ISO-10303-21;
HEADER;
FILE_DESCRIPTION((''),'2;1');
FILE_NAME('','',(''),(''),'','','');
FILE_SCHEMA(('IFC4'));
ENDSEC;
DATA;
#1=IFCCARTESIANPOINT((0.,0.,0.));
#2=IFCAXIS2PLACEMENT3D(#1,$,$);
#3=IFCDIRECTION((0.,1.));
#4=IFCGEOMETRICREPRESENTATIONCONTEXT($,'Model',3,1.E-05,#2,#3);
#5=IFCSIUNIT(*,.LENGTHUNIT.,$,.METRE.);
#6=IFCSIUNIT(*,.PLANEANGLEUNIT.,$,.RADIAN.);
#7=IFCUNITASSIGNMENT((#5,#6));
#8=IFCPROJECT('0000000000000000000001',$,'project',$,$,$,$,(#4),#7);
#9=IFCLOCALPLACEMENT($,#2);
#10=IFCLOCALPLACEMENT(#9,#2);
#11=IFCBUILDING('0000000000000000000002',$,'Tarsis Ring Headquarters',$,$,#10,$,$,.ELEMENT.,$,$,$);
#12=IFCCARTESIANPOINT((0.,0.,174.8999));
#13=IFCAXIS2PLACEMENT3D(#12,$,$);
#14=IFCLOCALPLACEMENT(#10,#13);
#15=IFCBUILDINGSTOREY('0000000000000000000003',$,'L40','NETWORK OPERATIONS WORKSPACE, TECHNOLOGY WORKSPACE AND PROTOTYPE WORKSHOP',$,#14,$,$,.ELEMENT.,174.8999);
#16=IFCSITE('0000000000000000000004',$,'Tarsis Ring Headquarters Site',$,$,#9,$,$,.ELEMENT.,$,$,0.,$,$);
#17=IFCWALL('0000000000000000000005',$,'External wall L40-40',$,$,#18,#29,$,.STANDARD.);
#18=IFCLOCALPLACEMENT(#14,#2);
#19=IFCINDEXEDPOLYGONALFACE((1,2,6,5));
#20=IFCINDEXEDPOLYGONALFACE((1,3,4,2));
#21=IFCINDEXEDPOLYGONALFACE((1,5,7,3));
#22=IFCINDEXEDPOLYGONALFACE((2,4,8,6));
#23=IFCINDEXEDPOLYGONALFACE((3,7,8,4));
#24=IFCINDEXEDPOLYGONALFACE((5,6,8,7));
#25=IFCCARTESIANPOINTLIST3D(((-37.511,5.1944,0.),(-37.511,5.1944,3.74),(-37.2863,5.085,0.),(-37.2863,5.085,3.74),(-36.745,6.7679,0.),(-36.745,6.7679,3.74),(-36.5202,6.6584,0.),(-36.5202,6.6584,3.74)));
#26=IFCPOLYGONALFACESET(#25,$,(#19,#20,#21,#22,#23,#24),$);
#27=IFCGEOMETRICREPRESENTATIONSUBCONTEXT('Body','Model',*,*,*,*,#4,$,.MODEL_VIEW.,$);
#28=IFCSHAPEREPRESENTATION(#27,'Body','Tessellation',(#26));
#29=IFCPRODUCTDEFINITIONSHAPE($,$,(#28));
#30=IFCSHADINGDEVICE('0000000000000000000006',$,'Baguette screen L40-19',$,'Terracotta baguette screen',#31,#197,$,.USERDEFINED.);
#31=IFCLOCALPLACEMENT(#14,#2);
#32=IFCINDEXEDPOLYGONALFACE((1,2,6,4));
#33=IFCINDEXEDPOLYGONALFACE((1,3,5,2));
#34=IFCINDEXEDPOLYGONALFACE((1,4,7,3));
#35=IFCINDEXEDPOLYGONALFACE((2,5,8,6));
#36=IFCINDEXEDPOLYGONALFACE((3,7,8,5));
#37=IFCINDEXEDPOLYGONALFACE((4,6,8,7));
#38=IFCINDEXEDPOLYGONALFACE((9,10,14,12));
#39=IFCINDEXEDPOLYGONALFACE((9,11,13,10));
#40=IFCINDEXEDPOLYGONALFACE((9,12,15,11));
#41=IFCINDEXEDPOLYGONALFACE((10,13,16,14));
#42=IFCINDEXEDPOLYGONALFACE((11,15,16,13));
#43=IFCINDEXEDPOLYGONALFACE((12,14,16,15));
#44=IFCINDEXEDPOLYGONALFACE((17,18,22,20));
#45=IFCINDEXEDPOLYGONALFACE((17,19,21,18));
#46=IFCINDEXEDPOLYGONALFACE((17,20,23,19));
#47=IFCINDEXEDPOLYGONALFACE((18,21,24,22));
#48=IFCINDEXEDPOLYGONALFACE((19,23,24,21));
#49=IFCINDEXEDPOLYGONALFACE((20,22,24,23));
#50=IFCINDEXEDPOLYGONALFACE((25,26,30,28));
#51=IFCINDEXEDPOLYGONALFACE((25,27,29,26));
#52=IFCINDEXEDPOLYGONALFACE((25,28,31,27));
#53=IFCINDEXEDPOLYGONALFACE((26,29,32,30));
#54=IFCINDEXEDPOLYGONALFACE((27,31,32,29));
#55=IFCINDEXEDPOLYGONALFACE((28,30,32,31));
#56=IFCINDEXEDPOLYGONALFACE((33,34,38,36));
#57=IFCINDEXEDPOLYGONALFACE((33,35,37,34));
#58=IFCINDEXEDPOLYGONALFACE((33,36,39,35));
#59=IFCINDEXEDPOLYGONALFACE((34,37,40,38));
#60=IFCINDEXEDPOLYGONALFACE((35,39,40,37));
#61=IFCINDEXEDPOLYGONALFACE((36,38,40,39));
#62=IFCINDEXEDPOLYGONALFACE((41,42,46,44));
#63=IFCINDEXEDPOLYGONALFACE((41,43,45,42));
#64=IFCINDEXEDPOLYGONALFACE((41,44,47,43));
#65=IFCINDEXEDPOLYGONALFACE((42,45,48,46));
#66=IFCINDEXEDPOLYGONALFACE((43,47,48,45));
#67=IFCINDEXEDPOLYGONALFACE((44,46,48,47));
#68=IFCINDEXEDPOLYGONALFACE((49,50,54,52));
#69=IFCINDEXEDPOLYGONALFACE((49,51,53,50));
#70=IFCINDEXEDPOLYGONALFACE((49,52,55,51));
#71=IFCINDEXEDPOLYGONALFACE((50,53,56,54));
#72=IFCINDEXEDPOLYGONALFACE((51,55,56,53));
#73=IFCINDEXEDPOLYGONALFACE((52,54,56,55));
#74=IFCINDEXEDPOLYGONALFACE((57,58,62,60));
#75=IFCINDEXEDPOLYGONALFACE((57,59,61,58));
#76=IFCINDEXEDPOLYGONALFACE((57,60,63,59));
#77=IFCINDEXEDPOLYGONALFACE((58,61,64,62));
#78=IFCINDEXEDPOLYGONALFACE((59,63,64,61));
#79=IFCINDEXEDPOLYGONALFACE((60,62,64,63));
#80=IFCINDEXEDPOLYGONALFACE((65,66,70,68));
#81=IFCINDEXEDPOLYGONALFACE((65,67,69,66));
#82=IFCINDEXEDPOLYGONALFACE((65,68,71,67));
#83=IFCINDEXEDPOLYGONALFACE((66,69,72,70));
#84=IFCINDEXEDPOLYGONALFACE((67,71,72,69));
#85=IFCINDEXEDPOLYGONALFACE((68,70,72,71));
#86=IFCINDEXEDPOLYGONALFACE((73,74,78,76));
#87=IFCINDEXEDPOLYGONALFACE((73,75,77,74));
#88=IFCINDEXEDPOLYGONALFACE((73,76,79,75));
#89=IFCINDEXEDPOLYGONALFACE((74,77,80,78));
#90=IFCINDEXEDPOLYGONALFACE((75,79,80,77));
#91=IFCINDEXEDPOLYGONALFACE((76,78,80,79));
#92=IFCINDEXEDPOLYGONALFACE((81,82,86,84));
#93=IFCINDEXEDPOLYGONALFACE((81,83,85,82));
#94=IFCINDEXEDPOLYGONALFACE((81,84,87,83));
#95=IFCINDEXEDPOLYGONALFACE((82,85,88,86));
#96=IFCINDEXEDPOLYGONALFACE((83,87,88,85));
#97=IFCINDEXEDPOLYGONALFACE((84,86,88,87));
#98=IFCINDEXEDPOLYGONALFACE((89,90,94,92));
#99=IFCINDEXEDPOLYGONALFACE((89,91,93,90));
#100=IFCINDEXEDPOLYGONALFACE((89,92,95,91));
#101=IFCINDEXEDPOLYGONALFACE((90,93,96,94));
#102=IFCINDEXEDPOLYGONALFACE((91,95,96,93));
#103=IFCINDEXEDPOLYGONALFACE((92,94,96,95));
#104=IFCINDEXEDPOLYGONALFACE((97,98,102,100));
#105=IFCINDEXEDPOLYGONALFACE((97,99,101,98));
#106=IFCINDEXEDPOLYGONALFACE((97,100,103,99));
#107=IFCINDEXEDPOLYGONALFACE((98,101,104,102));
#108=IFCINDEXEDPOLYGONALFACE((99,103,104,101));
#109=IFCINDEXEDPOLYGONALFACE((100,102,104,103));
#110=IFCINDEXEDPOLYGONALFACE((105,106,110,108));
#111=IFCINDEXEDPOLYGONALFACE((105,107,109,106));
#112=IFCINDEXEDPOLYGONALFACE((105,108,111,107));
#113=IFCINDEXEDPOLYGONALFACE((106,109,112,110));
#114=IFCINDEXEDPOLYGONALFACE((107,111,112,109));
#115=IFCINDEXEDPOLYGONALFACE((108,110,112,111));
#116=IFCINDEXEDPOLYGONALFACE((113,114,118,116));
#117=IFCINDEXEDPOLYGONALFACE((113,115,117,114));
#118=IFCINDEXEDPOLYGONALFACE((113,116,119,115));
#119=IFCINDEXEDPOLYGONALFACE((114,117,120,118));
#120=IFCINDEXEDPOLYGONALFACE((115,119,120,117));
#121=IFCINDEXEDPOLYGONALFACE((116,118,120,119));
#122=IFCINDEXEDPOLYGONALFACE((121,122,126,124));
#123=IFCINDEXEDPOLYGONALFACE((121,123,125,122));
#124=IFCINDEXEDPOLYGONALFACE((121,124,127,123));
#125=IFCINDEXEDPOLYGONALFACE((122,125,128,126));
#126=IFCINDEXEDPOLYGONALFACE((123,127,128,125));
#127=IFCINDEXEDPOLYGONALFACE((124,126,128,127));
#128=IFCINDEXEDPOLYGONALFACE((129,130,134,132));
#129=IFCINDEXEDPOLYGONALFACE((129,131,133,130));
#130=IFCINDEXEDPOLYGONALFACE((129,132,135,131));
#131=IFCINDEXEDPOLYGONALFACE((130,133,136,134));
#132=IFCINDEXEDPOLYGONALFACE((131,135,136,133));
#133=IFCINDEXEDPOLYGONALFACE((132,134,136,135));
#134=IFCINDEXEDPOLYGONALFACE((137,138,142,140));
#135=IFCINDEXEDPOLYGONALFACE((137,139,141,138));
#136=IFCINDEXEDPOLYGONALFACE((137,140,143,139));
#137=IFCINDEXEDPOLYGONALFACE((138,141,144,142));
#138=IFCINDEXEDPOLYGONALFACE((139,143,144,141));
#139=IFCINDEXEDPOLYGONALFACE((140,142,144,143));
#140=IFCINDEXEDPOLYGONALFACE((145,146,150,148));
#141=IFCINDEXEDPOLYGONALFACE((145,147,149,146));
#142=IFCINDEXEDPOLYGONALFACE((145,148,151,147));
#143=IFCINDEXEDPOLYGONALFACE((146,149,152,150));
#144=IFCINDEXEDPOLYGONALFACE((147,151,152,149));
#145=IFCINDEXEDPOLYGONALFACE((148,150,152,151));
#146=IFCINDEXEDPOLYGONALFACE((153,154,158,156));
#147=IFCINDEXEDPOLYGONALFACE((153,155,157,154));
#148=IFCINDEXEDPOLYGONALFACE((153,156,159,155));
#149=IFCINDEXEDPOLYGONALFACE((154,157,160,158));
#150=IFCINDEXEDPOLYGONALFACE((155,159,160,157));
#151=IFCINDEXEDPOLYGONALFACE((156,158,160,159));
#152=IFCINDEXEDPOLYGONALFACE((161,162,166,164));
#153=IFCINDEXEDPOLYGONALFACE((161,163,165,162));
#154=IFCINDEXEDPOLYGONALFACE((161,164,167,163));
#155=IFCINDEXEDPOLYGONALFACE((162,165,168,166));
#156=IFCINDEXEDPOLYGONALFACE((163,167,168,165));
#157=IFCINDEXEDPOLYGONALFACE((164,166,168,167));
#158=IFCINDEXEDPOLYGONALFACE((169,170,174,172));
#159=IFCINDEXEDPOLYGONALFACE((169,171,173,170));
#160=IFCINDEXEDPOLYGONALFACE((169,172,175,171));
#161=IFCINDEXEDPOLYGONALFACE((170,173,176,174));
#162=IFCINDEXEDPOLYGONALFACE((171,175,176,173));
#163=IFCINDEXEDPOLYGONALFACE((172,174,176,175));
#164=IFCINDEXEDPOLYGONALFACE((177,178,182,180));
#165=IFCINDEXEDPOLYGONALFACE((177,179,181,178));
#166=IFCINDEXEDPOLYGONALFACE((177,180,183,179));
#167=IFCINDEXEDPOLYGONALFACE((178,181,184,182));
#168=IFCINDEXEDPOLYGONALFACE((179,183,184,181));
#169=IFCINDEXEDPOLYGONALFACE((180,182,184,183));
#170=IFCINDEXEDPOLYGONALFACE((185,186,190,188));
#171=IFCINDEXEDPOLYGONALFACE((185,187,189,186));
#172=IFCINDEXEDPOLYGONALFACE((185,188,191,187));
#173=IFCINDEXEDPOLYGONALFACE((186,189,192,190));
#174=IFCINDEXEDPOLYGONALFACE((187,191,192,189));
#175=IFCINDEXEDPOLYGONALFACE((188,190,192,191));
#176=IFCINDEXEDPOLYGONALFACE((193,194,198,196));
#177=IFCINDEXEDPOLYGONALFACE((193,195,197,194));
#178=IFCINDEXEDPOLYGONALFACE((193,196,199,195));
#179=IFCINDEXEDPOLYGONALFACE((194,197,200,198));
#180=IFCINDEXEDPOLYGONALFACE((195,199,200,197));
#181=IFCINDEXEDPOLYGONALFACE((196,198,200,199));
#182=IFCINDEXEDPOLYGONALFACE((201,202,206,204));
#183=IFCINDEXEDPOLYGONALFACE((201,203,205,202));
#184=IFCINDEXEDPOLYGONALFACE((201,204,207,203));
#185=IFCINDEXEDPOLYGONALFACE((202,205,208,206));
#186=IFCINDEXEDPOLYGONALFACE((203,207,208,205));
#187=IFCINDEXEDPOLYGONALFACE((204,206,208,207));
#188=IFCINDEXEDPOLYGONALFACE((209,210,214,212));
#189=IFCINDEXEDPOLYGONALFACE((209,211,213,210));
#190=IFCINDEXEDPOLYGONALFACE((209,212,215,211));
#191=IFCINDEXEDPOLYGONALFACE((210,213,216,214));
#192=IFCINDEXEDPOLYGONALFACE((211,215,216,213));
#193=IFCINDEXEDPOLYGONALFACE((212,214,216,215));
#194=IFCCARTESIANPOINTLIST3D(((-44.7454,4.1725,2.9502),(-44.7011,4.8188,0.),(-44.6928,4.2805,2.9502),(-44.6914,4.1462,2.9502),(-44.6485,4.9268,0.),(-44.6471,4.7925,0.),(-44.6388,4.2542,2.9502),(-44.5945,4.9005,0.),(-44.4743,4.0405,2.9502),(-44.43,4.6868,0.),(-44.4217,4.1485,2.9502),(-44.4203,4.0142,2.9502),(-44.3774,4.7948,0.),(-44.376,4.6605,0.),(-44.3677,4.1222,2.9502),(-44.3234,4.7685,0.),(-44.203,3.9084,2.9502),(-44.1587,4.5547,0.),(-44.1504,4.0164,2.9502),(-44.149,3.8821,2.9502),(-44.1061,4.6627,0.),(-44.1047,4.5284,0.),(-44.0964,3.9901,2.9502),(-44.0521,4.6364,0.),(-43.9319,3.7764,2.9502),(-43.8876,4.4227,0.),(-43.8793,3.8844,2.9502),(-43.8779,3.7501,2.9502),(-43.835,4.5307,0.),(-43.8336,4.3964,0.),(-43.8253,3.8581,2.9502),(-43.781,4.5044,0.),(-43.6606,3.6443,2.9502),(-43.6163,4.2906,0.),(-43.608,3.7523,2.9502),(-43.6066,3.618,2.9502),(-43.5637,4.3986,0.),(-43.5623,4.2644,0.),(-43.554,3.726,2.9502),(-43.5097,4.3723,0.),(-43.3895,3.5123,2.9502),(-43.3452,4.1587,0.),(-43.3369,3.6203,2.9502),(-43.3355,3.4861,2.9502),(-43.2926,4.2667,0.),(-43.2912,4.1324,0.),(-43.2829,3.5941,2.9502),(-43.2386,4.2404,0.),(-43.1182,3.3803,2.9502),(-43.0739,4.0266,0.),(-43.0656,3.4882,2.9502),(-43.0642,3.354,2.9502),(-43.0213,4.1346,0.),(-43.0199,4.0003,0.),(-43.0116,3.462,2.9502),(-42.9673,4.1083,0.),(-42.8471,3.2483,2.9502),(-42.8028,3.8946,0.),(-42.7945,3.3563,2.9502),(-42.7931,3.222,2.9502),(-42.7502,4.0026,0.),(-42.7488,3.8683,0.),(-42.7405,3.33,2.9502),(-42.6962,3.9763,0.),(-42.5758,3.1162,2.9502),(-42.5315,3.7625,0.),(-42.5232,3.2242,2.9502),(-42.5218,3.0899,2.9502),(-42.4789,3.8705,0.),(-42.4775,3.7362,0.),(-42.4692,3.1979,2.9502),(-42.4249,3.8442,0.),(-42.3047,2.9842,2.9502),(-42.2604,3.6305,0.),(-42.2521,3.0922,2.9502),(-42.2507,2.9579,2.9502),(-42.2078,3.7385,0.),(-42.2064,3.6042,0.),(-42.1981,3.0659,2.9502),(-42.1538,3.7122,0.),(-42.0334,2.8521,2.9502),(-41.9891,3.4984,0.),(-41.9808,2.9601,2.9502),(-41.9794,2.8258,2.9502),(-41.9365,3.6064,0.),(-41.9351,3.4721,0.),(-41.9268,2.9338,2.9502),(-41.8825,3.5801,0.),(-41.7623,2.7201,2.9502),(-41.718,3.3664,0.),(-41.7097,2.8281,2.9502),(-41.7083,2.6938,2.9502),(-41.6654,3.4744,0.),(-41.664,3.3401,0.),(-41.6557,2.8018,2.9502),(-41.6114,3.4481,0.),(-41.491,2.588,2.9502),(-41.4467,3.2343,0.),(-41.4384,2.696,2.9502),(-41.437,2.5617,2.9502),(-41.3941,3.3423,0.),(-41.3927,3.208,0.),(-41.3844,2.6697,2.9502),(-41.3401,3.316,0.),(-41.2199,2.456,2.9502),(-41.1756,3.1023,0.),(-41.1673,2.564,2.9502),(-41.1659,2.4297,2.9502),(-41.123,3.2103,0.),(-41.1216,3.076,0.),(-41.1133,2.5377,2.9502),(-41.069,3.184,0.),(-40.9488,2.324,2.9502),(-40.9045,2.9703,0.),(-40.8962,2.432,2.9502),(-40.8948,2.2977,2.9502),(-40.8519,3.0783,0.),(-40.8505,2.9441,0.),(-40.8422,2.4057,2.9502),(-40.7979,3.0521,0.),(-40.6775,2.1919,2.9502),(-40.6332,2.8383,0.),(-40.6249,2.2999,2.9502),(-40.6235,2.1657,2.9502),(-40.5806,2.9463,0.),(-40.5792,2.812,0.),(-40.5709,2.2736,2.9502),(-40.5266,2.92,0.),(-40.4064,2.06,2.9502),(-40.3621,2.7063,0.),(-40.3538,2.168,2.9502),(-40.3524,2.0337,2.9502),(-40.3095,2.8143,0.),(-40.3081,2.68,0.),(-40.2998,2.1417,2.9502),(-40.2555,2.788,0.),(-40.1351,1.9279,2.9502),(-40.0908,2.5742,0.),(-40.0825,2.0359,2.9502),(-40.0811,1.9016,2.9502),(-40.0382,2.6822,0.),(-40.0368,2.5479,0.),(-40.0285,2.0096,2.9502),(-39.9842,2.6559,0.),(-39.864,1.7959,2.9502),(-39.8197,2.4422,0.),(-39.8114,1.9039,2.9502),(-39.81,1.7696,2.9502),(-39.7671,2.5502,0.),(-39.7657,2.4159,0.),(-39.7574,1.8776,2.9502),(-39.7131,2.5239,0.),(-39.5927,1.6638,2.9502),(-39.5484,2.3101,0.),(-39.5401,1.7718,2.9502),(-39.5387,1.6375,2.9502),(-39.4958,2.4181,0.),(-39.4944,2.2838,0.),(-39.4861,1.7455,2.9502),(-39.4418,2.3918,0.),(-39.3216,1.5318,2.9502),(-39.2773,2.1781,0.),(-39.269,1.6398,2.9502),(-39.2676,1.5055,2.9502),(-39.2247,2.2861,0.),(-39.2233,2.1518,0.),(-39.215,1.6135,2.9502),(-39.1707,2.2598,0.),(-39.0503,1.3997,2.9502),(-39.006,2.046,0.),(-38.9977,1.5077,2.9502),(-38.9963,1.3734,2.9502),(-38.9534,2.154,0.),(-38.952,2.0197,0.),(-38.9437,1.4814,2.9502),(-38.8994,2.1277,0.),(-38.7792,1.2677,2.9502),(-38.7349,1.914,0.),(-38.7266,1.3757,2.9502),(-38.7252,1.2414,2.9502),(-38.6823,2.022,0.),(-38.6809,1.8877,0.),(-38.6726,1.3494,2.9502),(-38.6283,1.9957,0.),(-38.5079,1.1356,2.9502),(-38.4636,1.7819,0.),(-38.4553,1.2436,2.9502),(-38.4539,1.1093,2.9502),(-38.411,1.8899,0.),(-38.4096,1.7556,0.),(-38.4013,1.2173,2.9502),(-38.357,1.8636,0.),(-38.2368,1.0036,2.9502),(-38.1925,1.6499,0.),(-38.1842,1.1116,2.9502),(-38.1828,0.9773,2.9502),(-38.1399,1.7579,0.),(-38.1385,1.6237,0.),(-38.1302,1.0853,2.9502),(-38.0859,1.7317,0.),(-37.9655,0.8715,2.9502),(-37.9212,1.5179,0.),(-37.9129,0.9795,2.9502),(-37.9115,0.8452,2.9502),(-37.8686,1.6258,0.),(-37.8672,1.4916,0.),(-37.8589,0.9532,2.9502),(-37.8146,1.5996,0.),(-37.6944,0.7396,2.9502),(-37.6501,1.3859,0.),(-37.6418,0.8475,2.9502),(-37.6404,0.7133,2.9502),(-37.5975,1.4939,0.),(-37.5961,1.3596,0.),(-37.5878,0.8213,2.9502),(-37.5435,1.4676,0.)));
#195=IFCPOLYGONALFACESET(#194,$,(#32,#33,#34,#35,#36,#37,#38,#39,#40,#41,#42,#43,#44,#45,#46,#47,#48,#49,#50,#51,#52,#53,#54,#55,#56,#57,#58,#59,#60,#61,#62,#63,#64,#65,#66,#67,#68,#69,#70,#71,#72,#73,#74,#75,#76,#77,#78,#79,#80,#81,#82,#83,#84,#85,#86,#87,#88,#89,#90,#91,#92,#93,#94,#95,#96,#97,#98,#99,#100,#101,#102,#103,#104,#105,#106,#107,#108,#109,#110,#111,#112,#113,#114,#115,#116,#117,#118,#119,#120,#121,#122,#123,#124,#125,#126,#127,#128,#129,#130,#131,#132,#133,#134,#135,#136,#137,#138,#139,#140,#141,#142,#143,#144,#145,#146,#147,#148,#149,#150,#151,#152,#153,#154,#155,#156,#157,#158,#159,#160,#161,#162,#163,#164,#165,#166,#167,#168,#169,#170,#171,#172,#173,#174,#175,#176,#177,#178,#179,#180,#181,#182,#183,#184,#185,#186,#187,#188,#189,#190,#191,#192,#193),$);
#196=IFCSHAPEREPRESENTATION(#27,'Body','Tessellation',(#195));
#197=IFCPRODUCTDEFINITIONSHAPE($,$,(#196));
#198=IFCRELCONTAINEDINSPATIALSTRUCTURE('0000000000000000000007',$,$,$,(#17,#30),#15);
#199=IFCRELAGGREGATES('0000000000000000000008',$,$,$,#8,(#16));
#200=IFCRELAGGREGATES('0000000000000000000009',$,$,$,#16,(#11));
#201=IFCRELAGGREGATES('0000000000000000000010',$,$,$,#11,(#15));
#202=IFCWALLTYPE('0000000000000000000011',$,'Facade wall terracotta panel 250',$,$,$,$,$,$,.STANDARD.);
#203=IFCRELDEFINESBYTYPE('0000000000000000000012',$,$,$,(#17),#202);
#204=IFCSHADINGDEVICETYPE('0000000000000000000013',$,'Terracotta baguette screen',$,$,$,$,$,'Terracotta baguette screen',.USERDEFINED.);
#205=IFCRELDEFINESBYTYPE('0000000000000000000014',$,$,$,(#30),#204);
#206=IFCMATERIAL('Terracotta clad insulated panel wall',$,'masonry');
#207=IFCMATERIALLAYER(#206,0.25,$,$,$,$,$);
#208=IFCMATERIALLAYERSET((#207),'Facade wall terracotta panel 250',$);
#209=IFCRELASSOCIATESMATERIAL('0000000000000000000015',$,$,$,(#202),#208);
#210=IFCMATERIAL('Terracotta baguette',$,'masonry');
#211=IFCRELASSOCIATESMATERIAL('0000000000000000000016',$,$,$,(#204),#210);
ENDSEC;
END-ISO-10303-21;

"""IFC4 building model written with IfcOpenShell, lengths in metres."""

from ifc_helpers import new_model, si_unit, direction, frame, frame_2d, origin, place, context, subcontext, project, spatial, rectangle, composite_profile, extrude, material, layer, layer_set, type_object, element, save


model = new_model("IFC4")

# Units and contexts
model_context = context("Model", 3, precision=1e-05, world=origin(), true_north=direction((0.0, 1.0)))
body_context = subcontext(model_context, "Body", "Model", "MODEL_VIEW")
ifc_project = project(units=[si_unit("LENGTHUNIT", "METRE"), si_unit("PLANEANGLEUNIT", "RADIAN")], contexts=[model_context])

# Site, building, storey
site_placement = place(None, origin())
site = spatial("IfcSite", under=ifc_project, at=site_placement, Name="Tarsis Ring Headquarters Site", CompositionType="ELEMENT", RefElevation=0.0)
building_placement = place(site_placement, origin())
building = spatial("IfcBuilding", under=site, at=building_placement, Name="Tarsis Ring Headquarters", CompositionType="ELEMENT")
storey_placement = place(building_placement, frame((0.0, 0.0, 174.8999)))
storey = spatial("IfcBuildingStorey", under=building, at=storey_placement, Name="L40", Description="NETWORK OPERATIONS WORKSPACE, TECHNOLOGY WORKSPACE AND PROTOTYPE WORKSHOP", CompositionType="ELEMENT", Elevation=174.8999)

# Shared definitions
ifc_material_1 = material(Name="Terracotta clad insulated panel wall", Category="masonry")
ifc_layer_1 = layer(ifc_material_1, 0.25)
ifc_layer_set_1 = layer_set([ifc_layer_1], Name="Facade wall terracotta panel 250")
wall_type_1 = type_object("IfcWallType", Name="Facade wall terracotta panel 250", PredefinedType="STANDARD", material=ifc_layer_set_1)

# Wall
wall_1_placement = place(storey_placement, frame((-36.6326, 6.7131, 0.0), z_axis=(0.0, 0.0, 1.0), x_axis=(-0.437758, -0.899093, 0.0)))
element("IfcWall", 1, at=wall_1_placement, inside=storey, type_object=wall_type_1, Name="External wall L40-40", PredefinedType="STANDARD", context=body_context, shape_type="SweptSolid", body=[
    extrude(rectangle(XDim=1.75, YDim=0.25, at=frame_2d((0.875, 0.0))), origin(), (0.0, 0.0, 1.0), 3.74),
])

# Shading device
ifc_material_2 = material(Name="Terracotta baguette", Category="masonry")
shading_device_type_1 = type_object("IfcShadingDeviceType", Name="Terracotta baguette screen", ElementType="Terracotta baguette screen", PredefinedType="USERDEFINED", material=ifc_material_2)
shading_device_1_placement = place(storey_placement, frame((-44.6748, 4.8728, 0.0), z_axis=(0.0, 0.0, 1.0), x_axis=(0.899098, -0.437747, 0.0)))
element("IfcShadingDevice", 2, at=shading_device_1_placement, inside=storey, type_object=shading_device_type_1, Name="Baguette screen L40-19", ObjectType="Terracotta baguette screen", PredefinedType="USERDEFINED", context=body_context, shape_type="SweptSolid", body=[
    extrude(composite_profile([rectangle(XDim=0.0601, YDim=0.1201, at=frame_2d((0.03, 0.0))), rectangle(XDim=0.0601, YDim=0.1201, at=frame_2d((0.3315, 0.0))), rectangle(XDim=0.0601, YDim=0.1201, at=frame_2d((0.6333, 0.0))), rectangle(XDim=0.0601, YDim=0.1201, at=frame_2d((0.9348, 0.0))), rectangle(XDim=0.0601, YDim=0.1201, at=frame_2d((1.2366, 0.0))), rectangle(XDim=0.0601, YDim=0.1201, at=frame_2d((1.5381, 0.0))), rectangle(XDim=0.0601, YDim=0.1201, at=frame_2d((1.8398, 0.0))), rectangle(XDim=0.0601, YDim=0.1201, at=frame_2d((2.1414, 0.0))), rectangle(XDim=0.0601, YDim=0.1201, at=frame_2d((2.4431, 0.0))), rectangle(XDim=0.0601, YDim=0.1201, at=frame_2d((2.7446, 0.0))), rectangle(XDim=0.0601, YDim=0.1201, at=frame_2d((3.0464, 0.0))), rectangle(XDim=0.0601, YDim=0.1201, at=frame_2d((3.3479, 0.0))), rectangle(XDim=0.0601, YDim=0.1201, at=frame_2d((3.6497, 0.0))), rectangle(XDim=0.0601, YDim=0.1201, at=frame_2d((3.9512, 0.0))), rectangle(XDim=0.0601, YDim=0.1201, at=frame_2d((4.2527, 0.0))), rectangle(XDim=0.0601, YDim=0.1201, at=frame_2d((4.5544, 0.0))), rectangle(XDim=0.0601, YDim=0.1201, at=frame_2d((4.856, 0.0))), rectangle(XDim=0.0601, YDim=0.1201, at=frame_2d((5.1577, 0.0))), rectangle(XDim=0.0601, YDim=0.1201, at=frame_2d((5.4592, 0.0))), rectangle(XDim=0.0601, YDim=0.1201, at=frame_2d((5.761, 0.0))), rectangle(XDim=0.0601, YDim=0.1201, at=frame_2d((6.0625, 0.0))), rectangle(XDim=0.0601, YDim=0.1201, at=frame_2d((6.3643, 0.0))), rectangle(XDim=0.0601, YDim=0.1201, at=frame_2d((6.6658, 0.0))), rectangle(XDim=0.0601, YDim=0.1201, at=frame_2d((6.9675, 0.0))), rectangle(XDim=0.0601, YDim=0.1201, at=frame_2d((7.269, 0.0))), rectangle(XDim=0.0601, YDim=0.1201, at=frame_2d((7.5708, 0.0))), rectangle(XDim=0.0601, YDim=0.1201, at=frame_2d((7.8723, 0.0)))]), origin(), (0.080481, -0.198804, 0.976729), 3.0205),
])

save(model, "model.ifc")
